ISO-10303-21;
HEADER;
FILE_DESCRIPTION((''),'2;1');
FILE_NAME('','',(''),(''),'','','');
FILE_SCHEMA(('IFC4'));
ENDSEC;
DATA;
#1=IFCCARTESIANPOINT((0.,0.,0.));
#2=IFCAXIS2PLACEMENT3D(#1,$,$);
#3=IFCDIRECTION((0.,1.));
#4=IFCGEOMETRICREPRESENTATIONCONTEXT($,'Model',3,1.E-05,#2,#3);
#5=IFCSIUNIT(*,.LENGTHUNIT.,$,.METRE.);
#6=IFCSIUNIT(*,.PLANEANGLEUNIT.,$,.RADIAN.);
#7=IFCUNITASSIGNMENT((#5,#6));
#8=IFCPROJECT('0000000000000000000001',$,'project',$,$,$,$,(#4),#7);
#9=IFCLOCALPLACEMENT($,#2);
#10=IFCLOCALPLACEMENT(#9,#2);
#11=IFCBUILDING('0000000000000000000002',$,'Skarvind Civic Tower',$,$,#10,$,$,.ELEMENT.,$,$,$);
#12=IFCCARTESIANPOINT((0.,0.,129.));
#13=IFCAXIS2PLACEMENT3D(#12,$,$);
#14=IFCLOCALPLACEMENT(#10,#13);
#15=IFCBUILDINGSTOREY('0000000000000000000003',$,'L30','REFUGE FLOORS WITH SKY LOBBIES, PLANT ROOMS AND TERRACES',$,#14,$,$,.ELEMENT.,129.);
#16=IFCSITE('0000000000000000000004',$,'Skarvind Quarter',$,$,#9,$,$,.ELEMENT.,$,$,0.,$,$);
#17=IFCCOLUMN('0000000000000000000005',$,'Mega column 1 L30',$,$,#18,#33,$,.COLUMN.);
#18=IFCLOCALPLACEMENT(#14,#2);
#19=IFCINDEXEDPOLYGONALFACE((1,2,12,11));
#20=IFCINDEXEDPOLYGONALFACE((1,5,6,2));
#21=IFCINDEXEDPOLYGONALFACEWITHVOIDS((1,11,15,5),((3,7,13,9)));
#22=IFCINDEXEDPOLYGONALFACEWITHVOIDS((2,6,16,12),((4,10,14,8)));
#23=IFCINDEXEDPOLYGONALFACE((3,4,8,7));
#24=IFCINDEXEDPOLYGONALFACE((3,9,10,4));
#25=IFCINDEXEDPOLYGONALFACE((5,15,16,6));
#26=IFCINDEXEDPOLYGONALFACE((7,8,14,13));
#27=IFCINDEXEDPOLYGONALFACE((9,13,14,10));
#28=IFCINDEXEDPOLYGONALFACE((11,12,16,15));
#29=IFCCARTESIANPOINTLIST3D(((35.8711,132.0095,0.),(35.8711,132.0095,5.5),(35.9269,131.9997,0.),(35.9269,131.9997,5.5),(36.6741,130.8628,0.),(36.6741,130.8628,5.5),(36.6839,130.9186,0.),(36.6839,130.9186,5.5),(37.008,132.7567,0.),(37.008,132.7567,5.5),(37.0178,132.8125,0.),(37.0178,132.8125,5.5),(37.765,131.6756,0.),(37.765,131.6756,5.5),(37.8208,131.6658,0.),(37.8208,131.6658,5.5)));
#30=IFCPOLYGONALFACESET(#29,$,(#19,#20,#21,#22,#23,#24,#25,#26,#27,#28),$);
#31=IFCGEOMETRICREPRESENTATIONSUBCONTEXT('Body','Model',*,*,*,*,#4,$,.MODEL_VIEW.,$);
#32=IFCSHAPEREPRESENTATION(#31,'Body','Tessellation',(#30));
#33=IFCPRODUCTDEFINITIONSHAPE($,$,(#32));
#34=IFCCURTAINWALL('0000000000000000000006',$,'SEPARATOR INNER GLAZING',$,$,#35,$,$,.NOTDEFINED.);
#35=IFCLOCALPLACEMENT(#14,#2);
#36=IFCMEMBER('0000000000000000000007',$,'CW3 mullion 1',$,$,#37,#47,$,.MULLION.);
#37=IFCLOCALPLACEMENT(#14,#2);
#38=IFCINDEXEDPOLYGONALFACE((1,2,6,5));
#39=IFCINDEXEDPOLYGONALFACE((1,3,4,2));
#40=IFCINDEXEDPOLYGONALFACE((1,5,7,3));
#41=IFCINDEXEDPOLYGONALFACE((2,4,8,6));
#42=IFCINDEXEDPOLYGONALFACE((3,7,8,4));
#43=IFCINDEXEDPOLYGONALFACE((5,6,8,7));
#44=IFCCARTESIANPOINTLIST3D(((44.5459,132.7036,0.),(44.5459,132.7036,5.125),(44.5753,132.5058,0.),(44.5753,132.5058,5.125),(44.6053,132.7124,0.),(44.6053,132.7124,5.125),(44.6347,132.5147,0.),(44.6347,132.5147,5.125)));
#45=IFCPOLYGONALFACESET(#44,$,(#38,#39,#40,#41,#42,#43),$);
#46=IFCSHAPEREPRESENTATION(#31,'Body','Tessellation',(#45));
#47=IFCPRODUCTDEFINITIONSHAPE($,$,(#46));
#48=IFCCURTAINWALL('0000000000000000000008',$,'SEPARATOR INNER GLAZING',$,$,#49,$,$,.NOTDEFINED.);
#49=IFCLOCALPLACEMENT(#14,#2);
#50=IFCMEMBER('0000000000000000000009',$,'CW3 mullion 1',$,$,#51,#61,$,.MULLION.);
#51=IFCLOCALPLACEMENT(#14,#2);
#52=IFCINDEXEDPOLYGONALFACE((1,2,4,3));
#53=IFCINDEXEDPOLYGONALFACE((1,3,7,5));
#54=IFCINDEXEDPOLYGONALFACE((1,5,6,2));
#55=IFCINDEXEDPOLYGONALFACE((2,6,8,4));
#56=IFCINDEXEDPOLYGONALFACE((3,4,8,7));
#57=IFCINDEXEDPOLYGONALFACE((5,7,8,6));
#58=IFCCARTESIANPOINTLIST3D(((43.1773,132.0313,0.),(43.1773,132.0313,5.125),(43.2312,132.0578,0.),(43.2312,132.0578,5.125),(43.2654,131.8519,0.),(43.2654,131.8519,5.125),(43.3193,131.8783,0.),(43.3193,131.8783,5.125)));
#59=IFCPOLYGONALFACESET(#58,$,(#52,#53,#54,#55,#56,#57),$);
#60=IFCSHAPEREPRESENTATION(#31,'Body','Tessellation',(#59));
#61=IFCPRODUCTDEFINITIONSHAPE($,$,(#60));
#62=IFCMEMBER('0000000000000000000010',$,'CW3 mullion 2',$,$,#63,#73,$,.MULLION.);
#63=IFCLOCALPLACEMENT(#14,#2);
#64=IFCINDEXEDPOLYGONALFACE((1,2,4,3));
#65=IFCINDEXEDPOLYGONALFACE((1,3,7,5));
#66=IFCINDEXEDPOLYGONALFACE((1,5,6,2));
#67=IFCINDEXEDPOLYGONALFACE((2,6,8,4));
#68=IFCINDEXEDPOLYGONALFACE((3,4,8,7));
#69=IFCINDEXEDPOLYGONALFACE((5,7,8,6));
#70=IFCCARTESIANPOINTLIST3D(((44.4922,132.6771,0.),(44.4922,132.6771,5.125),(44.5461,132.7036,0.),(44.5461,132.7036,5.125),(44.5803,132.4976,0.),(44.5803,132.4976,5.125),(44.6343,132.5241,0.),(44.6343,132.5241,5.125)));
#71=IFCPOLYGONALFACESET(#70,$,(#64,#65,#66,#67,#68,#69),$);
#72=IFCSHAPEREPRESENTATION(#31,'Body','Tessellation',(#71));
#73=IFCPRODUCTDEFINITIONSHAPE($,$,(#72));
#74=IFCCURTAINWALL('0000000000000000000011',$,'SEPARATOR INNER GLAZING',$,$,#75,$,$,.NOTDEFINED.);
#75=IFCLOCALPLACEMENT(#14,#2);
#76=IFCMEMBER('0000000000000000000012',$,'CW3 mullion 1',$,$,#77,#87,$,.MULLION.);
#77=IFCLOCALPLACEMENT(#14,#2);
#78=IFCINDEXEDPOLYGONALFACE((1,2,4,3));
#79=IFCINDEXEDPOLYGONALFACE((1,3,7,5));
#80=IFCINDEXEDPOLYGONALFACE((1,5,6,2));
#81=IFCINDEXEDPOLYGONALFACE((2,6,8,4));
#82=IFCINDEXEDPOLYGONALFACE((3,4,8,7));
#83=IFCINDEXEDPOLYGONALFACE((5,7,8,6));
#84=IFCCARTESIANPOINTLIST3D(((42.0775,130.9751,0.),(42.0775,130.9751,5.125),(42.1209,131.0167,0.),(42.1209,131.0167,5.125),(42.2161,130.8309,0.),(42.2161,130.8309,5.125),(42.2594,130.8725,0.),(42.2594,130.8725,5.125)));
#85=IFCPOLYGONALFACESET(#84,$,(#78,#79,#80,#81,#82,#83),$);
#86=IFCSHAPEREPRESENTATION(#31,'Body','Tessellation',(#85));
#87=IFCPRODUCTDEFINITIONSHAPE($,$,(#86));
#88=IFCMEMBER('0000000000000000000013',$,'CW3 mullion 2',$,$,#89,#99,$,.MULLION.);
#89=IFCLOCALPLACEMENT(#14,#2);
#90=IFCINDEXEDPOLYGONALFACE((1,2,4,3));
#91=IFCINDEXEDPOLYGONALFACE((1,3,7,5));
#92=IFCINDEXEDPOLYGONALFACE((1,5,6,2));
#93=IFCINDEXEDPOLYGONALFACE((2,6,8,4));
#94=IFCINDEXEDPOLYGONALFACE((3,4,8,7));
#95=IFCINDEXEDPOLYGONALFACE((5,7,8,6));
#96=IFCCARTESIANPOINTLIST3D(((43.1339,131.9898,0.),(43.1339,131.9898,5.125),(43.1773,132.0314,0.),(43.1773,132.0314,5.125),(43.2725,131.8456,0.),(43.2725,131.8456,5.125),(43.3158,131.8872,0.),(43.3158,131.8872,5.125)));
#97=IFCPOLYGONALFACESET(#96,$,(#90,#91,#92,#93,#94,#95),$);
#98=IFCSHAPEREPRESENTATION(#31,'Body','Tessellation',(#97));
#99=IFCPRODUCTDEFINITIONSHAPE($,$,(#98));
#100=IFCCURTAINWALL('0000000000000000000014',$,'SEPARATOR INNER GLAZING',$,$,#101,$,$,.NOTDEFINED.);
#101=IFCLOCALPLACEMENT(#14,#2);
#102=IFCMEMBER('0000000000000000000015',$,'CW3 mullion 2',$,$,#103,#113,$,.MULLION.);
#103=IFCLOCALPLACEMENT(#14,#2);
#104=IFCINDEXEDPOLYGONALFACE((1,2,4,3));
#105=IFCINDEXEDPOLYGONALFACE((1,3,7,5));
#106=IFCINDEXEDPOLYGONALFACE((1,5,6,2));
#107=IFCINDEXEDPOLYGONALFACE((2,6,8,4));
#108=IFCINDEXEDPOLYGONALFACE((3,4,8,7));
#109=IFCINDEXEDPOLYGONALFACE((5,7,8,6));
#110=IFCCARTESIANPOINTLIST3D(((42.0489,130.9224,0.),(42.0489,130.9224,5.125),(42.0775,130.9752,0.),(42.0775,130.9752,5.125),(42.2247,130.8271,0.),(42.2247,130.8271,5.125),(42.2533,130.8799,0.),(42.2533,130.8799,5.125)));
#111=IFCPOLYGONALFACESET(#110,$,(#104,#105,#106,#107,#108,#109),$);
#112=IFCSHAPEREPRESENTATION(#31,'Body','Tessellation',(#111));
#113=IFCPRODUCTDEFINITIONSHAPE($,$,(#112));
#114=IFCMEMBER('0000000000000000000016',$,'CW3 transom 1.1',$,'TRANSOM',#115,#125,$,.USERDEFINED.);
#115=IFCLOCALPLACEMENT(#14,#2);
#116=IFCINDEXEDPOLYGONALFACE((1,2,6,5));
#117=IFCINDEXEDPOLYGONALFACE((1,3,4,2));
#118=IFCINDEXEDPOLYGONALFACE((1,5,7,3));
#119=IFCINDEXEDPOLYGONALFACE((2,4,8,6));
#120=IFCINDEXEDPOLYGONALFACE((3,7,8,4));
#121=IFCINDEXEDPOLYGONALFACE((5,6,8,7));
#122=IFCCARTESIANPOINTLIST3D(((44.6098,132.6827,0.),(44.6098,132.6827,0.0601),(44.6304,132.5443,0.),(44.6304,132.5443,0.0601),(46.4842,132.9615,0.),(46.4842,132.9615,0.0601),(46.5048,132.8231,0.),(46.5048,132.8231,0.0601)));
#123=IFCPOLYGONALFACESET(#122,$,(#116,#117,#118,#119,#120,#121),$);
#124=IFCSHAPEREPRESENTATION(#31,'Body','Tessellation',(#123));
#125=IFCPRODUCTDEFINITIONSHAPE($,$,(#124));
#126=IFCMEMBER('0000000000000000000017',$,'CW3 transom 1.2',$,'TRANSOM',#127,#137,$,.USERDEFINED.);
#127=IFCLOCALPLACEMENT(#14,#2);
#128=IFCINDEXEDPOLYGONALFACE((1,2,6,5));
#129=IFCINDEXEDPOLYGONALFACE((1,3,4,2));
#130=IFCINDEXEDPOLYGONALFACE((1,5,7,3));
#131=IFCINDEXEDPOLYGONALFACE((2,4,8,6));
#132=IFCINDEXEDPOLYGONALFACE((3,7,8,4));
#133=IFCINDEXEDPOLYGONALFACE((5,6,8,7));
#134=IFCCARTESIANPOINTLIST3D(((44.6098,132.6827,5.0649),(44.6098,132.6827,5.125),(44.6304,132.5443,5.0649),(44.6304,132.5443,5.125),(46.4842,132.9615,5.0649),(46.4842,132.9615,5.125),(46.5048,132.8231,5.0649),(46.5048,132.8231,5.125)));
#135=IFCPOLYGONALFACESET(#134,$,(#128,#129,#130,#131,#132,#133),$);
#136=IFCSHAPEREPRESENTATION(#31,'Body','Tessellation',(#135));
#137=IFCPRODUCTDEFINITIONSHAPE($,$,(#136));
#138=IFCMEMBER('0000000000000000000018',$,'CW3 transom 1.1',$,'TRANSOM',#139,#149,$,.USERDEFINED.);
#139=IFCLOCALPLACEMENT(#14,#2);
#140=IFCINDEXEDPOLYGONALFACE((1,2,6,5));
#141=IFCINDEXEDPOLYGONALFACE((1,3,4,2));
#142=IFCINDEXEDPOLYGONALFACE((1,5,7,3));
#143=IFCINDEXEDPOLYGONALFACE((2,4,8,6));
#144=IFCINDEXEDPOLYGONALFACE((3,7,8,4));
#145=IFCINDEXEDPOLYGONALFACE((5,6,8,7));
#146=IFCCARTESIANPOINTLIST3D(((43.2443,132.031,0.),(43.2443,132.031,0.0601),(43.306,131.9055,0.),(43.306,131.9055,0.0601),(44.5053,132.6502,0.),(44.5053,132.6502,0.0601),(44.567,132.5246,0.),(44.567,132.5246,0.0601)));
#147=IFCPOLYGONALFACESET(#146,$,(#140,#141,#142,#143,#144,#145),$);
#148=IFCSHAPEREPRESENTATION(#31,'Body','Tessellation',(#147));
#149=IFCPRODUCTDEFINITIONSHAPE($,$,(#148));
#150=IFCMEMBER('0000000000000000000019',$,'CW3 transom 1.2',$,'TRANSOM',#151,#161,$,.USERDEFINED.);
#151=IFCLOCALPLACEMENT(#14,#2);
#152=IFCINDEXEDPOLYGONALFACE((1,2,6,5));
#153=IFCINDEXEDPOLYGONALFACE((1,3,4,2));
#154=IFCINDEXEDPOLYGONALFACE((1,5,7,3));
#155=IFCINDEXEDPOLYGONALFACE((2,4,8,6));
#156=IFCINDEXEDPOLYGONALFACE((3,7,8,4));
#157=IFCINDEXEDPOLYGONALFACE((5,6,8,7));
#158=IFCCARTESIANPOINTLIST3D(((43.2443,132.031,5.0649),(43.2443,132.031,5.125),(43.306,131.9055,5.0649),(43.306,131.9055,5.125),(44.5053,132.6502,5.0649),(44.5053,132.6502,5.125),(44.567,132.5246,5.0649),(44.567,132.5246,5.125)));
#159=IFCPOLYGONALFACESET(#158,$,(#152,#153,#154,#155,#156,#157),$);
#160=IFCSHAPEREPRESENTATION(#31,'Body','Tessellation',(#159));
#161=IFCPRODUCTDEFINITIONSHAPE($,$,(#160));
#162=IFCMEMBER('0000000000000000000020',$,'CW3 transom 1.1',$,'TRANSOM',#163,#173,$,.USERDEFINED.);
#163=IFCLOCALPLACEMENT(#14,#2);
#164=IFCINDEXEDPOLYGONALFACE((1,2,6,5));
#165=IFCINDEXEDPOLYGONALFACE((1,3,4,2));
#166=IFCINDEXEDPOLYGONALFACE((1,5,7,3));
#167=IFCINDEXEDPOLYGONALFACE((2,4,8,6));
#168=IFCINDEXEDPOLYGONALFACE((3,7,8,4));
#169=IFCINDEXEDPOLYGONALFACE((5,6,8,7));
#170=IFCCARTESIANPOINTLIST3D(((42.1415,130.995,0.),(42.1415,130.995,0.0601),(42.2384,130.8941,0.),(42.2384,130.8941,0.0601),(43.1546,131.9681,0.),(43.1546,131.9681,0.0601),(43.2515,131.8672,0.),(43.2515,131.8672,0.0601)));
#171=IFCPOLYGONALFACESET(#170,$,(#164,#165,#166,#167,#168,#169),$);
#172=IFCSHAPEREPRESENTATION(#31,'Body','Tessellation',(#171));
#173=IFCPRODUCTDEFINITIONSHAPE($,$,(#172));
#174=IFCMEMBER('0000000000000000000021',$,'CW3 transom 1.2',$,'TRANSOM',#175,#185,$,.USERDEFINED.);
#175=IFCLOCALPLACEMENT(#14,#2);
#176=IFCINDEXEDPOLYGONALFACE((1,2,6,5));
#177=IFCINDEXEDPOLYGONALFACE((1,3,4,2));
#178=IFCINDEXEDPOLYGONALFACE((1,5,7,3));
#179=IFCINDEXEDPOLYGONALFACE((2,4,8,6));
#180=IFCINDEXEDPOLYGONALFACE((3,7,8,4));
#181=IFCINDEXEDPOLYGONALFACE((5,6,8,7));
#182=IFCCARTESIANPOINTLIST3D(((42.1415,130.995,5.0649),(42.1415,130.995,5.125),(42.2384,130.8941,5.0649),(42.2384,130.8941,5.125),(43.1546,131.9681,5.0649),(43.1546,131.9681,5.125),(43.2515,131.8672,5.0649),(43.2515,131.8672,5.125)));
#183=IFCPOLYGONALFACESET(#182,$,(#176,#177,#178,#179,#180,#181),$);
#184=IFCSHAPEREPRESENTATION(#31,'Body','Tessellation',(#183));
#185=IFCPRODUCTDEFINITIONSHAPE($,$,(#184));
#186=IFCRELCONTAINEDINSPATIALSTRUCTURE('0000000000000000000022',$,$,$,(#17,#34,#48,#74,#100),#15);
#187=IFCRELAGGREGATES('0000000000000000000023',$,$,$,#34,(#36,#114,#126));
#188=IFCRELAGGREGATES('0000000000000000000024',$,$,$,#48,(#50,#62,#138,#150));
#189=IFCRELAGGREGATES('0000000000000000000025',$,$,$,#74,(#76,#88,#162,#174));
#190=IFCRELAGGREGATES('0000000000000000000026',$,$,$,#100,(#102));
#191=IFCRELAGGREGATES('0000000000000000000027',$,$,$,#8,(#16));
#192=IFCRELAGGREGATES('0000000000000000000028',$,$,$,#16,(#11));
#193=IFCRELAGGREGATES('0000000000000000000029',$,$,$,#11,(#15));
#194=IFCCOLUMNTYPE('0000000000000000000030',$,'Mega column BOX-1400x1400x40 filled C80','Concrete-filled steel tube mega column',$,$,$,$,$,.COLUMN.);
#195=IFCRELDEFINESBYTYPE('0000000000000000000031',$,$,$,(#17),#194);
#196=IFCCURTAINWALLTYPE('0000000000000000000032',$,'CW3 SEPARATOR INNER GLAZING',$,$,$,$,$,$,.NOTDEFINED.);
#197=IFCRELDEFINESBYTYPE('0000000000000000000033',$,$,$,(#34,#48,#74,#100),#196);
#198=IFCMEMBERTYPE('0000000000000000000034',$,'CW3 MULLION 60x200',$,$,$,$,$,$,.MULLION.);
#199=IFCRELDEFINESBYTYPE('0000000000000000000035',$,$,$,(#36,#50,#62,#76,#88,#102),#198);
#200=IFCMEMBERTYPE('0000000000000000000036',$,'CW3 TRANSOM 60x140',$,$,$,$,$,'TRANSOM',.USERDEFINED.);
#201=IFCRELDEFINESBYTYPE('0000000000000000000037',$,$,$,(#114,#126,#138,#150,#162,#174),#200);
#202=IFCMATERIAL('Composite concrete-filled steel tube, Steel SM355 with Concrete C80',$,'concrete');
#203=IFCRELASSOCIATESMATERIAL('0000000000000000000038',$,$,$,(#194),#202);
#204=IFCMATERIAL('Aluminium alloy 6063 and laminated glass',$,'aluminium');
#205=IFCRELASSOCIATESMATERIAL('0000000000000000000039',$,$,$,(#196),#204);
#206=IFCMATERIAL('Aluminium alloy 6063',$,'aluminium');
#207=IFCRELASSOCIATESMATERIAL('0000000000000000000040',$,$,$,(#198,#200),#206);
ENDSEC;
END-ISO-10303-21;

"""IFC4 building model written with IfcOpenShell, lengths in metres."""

from ifc_helpers import new_model, si_unit, direction, frame, origin, origin_2d, place, context, subcontext, project, spatial, rectangle, hollow_rectangle, extrude, material, material_profile, profile_set, type_object, element, aggregate, save


model = new_model("IFC4")

# Units and contexts
model_context = context("Model", 3, precision=1e-05, world=origin(), true_north=direction((0.0, 1.0)))
body_context = subcontext(model_context, "Body", "Model", "MODEL_VIEW")
ifc_project = project(units=[si_unit("LENGTHUNIT", "METRE"), si_unit("PLANEANGLEUNIT", "RADIAN")], contexts=[model_context])

# Site, building, storey
site_placement = place(None, origin())
site = spatial("IfcSite", under=ifc_project, at=site_placement, Name="Skarvind Quarter", CompositionType="ELEMENT", RefElevation=0.0)
building_placement = place(site_placement, origin())
building = spatial("IfcBuilding", under=site, at=building_placement, Name="Skarvind Civic Tower", CompositionType="ELEMENT")
storey_placement = place(building_placement, frame((0.0, 0.0, 129.0)))
storey = spatial("IfcBuildingStorey", under=building, at=storey_placement, Name="L30", Description="REFUGE FLOORS WITH SKY LOBBIES, PLANT ROOMS AND TERRACES", CompositionType="ELEMENT", Elevation=129.0)

# Column
ifc_material_1 = material(Name="Composite concrete-filled steel tube, Steel SM355 with Concrete C80", Category="concrete")
ifc_material_profile_1 = material_profile(ifc_material_1, hollow_rectangle(XDim=1.3999, YDim=1.3999, WallThickness=0.04, at=origin_2d()), Name="BOX-1400x1400x40")
ifc_profile_set_1 = profile_set([ifc_material_profile_1], Name="Composite concrete-filled steel tube, Steel SM355 with Concrete C80")
column_type = type_object("IfcColumnType", Name="Mega column BOX-1400x1400x40 filled C80", Description="Concrete-filled steel tube mega column", PredefinedType="COLUMN", material=ifc_profile_set_1)
column_placement = place(storey_placement, frame((36.8459, 131.8376, 0.0), z_axis=(0.0, 0.0, 1.0), x_axis=(0.573576, -0.819152, 0.0)))
element("IfcColumn", 1, at=column_placement, inside=storey, type_object=column_type, Name="Mega column 1 L30", PredefinedType="COLUMN", context=body_context, shape_type="SweptSolid", body=[
    extrude(hollow_rectangle(XDim=1.3999, YDim=1.3999, WallThickness=0.04, at=origin_2d()), origin(), (0.0, 0.0, 1.0), 5.5),
])

# Curtain wall, member
ifc_material_2 = material(Name="Aluminium alloy 6063 and laminated glass", Category="aluminium")
curtain_wall_type = type_object("IfcCurtainWallType", Name="CW3 SEPARATOR INNER GLAZING", PredefinedType="NOTDEFINED", material=ifc_material_2)
curtain_wall_1_placement = place(storey_placement, origin())
curtain_wall_1 = element("IfcCurtainWall", 2, at=curtain_wall_1_placement, inside=storey, type_object=curtain_wall_type, Name="SEPARATOR INNER GLAZING", PredefinedType="NOTDEFINED")
ifc_material_3 = material(Name="Aluminium alloy 6063", Category="aluminium")
ifc_material_profile_2 = material_profile(ifc_material_3, rectangle(XDim=0.2, YDim=0.0601, at=origin_2d()), Name="AL 60x200")
ifc_profile_set_2 = profile_set([ifc_material_profile_2], Name="Aluminium alloy 6063")
member_type_1 = type_object("IfcMemberType", Name="CW3 MULLION 60x200", PredefinedType="MULLION", material=ifc_profile_set_2)
member_1_placement = place(storey_placement, frame((44.5903, 132.6091, 0.0), z_axis=(0.0, 0.0, 1.0), x_axis=(-0.147088, 0.989123, 0.0)))
member_1 = element("IfcMember", 3, at=member_1_placement, type_object=member_type_1, Name="CW3 mullion 1", PredefinedType="MULLION", context=body_context, shape_type="SweptSolid", body=[
    extrude(rectangle(XDim=0.2, YDim=0.0601, at=origin_2d()), origin(), (0.0, 0.0, 1.0), 5.125),
])

# Curtain walls, members
curtain_wall_2_placement = place(storey_placement, origin())
curtain_wall_2 = element("IfcCurtainWall", 4, at=curtain_wall_2_placement, inside=storey, type_object=curtain_wall_type, Name="SEPARATOR INNER GLAZING", PredefinedType="NOTDEFINED")
member_2_placement = place(storey_placement, frame((43.2483, 131.9548, 0.0), z_axis=(0.0, 0.0, 1.0), x_axis=(-0.440749, 0.89763, 0.0)))
member_2 = element("IfcMember", 5, at=member_2_placement, type_object=member_type_1, Name="CW3 mullion 1", PredefinedType="MULLION", context=body_context, shape_type="SweptSolid", body=[
    extrude(rectangle(XDim=0.2, YDim=0.0601, at=origin_2d()), origin(), (0.0, 0.0, 1.0), 5.125),
])
member_3_placement = place(storey_placement, frame((44.5632, 132.6006, 0.0), z_axis=(0.0, 0.0, 1.0), x_axis=(-0.440749, 0.89763, 0.0)))
member_3 = element("IfcMember", 6, at=member_3_placement, type_object=member_type_1, Name="CW3 mullion 2", PredefinedType="MULLION", context=body_context, shape_type="SweptSolid", body=[
    extrude(rectangle(XDim=0.2, YDim=0.0601, at=origin_2d()), origin(), (0.0, 0.0, 1.0), 5.125),
])
curtain_wall_3_placement = place(storey_placement, origin())
curtain_wall_3 = element("IfcCurtainWall", 7, at=curtain_wall_3_placement, inside=storey, type_object=curtain_wall_type, Name="SEPARATOR INNER GLAZING", PredefinedType="NOTDEFINED")
member_4_placement = place(storey_placement, frame((42.1685, 130.9238, 0.0), z_axis=(0.0, 0.0, 1.0), x_axis=(-0.692732, 0.721195, 0.0)))
member_4 = element("IfcMember", 8, at=member_4_placement, type_object=member_type_1, Name="CW3 mullion 1", PredefinedType="MULLION", context=body_context, shape_type="SweptSolid", body=[
    extrude(rectangle(XDim=0.2, YDim=0.0601, at=origin_2d()), origin(), (0.0, 0.0, 1.0), 5.125),
])
member_5_placement = place(storey_placement, frame((43.2249, 131.9385, 0.0), z_axis=(0.0, 0.0, 1.0), x_axis=(-0.692732, 0.721195, 0.0)))
member_5 = element("IfcMember", 9, at=member_5_placement, type_object=member_type_1, Name="CW3 mullion 2", PredefinedType="MULLION", context=body_context, shape_type="SweptSolid", body=[
    extrude(rectangle(XDim=0.2, YDim=0.0601, at=origin_2d()), origin(), (0.0, 0.0, 1.0), 5.125),
])

# Curtain wall, member
curtain_wall_4_placement = place(storey_placement, origin())
curtain_wall_4 = element("IfcCurtainWall", 10, at=curtain_wall_4_placement, inside=storey, type_object=curtain_wall_type, Name="SEPARATOR INNER GLAZING", PredefinedType="NOTDEFINED")
member_6_placement = place(storey_placement, frame((42.1511, 130.9011, 0.0), z_axis=(0.0, 0.0, 1.0), x_axis=(-0.87915, 0.476545, 0.0)))
member_6 = element("IfcMember", 11, at=member_6_placement, type_object=member_type_1, Name="CW3 mullion 2", PredefinedType="MULLION", context=body_context, shape_type="SweptSolid", body=[
    extrude(rectangle(XDim=0.2, YDim=0.0601, at=origin_2d()), origin(), (0.0, 0.0, 1.0), 5.125),
])

# Members
ifc_material_profile_3 = material_profile(ifc_material_3, rectangle(XDim=0.1399, YDim=0.0601, at=origin_2d()), Name="AL 60x140")
ifc_profile_set_3 = profile_set([ifc_material_profile_3], Name="Aluminium alloy 6063")
member_type_2 = type_object("IfcMemberType", Name="CW3 TRANSOM 60x140", ElementType="TRANSOM", PredefinedType="USERDEFINED", material=ifc_profile_set_3)
member_7_placement = place(storey_placement, frame((44.6201, 132.6135, 0.03), z_axis=(0.989119, 0.147118, 0.0), x_axis=(-0.147118, 0.989119, 0.0)))
member_7 = element("IfcMember", 12, at=member_7_placement, type_object=member_type_2, Name="CW3 transom 1.1", ObjectType="TRANSOM", PredefinedType="USERDEFINED", context=body_context, shape_type="SweptSolid", body=[
    extrude(rectangle(XDim=0.1399, YDim=0.0601, at=origin_2d()), origin(), (0.0, 0.0, 1.0), 1.895),
])
member_8_placement = place(storey_placement, frame((44.6201, 132.6135, 5.095), z_axis=(0.989119, 0.147118, 0.0), x_axis=(-0.147118, 0.989119, 0.0)))
member_8 = element("IfcMember", 13, at=member_8_placement, type_object=member_type_2, Name="CW3 transom 1.2", ObjectType="TRANSOM", PredefinedType="USERDEFINED", context=body_context, shape_type="SweptSolid", body=[
    extrude(rectangle(XDim=0.1399, YDim=0.0601, at=origin_2d()), origin(), (0.0, 0.0, 1.0), 1.895),
])
member_9_placement = place(storey_placement, frame((43.2751, 131.9683, 0.03), z_axis=(0.897636, 0.440737, 0.0), x_axis=(-0.440737, 0.897636, 0.0)))
member_9 = element("IfcMember", 14, at=member_9_placement, type_object=member_type_2, Name="CW3 transom 1.1", ObjectType="TRANSOM", PredefinedType="USERDEFINED", context=body_context, shape_type="SweptSolid", body=[
    extrude(rectangle(XDim=0.1399, YDim=0.0601, at=origin_2d()), origin(), (0.0, 0.0, 1.0), 1.4048),
])
member_10_placement = place(storey_placement, frame((43.2751, 131.9683, 5.095), z_axis=(0.897636, 0.440737, 0.0), x_axis=(-0.440737, 0.897636, 0.0)))
member_10 = element("IfcMember", 15, at=member_10_placement, type_object=member_type_2, Name="CW3 transom 1.2", ObjectType="TRANSOM", PredefinedType="USERDEFINED", context=body_context, shape_type="SweptSolid", body=[
    extrude(rectangle(XDim=0.1399, YDim=0.0601, at=origin_2d()), origin(), (0.0, 0.0, 1.0), 1.4048),
])
member_11_placement = place(storey_placement, frame((42.1899, 130.9446, 0.03), z_axis=(0.721214, 0.692713, 0.0), x_axis=(-0.692713, 0.721214, 0.0)))
member_11 = element("IfcMember", 16, at=member_11_placement, type_object=member_type_2, Name="CW3 transom 1.1", ObjectType="TRANSOM", PredefinedType="USERDEFINED", context=body_context, shape_type="SweptSolid", body=[
    extrude(rectangle(XDim=0.1399, YDim=0.0601, at=origin_2d()), origin(), (0.0, 0.0, 1.0), 1.4048),
])
member_12_placement = place(storey_placement, frame((42.1899, 130.9446, 5.095), z_axis=(0.721214, 0.692713, 0.0), x_axis=(-0.692713, 0.721214, 0.0)))
member_12 = element("IfcMember", 17, at=member_12_placement, type_object=member_type_2, Name="CW3 transom 1.2", ObjectType="TRANSOM", PredefinedType="USERDEFINED", context=body_context, shape_type="SweptSolid", body=[
    extrude(rectangle(XDim=0.1399, YDim=0.0601, at=origin_2d()), origin(), (0.0, 0.0, 1.0), 1.4048),
])

aggregate(curtain_wall_1, [member_1, member_7, member_8])
aggregate(curtain_wall_2, [member_2, member_3, member_9, member_10])
aggregate(curtain_wall_3, [member_4, member_5, member_11, member_12])
aggregate(curtain_wall_4, [member_6])

save(model, "model.ifc")
